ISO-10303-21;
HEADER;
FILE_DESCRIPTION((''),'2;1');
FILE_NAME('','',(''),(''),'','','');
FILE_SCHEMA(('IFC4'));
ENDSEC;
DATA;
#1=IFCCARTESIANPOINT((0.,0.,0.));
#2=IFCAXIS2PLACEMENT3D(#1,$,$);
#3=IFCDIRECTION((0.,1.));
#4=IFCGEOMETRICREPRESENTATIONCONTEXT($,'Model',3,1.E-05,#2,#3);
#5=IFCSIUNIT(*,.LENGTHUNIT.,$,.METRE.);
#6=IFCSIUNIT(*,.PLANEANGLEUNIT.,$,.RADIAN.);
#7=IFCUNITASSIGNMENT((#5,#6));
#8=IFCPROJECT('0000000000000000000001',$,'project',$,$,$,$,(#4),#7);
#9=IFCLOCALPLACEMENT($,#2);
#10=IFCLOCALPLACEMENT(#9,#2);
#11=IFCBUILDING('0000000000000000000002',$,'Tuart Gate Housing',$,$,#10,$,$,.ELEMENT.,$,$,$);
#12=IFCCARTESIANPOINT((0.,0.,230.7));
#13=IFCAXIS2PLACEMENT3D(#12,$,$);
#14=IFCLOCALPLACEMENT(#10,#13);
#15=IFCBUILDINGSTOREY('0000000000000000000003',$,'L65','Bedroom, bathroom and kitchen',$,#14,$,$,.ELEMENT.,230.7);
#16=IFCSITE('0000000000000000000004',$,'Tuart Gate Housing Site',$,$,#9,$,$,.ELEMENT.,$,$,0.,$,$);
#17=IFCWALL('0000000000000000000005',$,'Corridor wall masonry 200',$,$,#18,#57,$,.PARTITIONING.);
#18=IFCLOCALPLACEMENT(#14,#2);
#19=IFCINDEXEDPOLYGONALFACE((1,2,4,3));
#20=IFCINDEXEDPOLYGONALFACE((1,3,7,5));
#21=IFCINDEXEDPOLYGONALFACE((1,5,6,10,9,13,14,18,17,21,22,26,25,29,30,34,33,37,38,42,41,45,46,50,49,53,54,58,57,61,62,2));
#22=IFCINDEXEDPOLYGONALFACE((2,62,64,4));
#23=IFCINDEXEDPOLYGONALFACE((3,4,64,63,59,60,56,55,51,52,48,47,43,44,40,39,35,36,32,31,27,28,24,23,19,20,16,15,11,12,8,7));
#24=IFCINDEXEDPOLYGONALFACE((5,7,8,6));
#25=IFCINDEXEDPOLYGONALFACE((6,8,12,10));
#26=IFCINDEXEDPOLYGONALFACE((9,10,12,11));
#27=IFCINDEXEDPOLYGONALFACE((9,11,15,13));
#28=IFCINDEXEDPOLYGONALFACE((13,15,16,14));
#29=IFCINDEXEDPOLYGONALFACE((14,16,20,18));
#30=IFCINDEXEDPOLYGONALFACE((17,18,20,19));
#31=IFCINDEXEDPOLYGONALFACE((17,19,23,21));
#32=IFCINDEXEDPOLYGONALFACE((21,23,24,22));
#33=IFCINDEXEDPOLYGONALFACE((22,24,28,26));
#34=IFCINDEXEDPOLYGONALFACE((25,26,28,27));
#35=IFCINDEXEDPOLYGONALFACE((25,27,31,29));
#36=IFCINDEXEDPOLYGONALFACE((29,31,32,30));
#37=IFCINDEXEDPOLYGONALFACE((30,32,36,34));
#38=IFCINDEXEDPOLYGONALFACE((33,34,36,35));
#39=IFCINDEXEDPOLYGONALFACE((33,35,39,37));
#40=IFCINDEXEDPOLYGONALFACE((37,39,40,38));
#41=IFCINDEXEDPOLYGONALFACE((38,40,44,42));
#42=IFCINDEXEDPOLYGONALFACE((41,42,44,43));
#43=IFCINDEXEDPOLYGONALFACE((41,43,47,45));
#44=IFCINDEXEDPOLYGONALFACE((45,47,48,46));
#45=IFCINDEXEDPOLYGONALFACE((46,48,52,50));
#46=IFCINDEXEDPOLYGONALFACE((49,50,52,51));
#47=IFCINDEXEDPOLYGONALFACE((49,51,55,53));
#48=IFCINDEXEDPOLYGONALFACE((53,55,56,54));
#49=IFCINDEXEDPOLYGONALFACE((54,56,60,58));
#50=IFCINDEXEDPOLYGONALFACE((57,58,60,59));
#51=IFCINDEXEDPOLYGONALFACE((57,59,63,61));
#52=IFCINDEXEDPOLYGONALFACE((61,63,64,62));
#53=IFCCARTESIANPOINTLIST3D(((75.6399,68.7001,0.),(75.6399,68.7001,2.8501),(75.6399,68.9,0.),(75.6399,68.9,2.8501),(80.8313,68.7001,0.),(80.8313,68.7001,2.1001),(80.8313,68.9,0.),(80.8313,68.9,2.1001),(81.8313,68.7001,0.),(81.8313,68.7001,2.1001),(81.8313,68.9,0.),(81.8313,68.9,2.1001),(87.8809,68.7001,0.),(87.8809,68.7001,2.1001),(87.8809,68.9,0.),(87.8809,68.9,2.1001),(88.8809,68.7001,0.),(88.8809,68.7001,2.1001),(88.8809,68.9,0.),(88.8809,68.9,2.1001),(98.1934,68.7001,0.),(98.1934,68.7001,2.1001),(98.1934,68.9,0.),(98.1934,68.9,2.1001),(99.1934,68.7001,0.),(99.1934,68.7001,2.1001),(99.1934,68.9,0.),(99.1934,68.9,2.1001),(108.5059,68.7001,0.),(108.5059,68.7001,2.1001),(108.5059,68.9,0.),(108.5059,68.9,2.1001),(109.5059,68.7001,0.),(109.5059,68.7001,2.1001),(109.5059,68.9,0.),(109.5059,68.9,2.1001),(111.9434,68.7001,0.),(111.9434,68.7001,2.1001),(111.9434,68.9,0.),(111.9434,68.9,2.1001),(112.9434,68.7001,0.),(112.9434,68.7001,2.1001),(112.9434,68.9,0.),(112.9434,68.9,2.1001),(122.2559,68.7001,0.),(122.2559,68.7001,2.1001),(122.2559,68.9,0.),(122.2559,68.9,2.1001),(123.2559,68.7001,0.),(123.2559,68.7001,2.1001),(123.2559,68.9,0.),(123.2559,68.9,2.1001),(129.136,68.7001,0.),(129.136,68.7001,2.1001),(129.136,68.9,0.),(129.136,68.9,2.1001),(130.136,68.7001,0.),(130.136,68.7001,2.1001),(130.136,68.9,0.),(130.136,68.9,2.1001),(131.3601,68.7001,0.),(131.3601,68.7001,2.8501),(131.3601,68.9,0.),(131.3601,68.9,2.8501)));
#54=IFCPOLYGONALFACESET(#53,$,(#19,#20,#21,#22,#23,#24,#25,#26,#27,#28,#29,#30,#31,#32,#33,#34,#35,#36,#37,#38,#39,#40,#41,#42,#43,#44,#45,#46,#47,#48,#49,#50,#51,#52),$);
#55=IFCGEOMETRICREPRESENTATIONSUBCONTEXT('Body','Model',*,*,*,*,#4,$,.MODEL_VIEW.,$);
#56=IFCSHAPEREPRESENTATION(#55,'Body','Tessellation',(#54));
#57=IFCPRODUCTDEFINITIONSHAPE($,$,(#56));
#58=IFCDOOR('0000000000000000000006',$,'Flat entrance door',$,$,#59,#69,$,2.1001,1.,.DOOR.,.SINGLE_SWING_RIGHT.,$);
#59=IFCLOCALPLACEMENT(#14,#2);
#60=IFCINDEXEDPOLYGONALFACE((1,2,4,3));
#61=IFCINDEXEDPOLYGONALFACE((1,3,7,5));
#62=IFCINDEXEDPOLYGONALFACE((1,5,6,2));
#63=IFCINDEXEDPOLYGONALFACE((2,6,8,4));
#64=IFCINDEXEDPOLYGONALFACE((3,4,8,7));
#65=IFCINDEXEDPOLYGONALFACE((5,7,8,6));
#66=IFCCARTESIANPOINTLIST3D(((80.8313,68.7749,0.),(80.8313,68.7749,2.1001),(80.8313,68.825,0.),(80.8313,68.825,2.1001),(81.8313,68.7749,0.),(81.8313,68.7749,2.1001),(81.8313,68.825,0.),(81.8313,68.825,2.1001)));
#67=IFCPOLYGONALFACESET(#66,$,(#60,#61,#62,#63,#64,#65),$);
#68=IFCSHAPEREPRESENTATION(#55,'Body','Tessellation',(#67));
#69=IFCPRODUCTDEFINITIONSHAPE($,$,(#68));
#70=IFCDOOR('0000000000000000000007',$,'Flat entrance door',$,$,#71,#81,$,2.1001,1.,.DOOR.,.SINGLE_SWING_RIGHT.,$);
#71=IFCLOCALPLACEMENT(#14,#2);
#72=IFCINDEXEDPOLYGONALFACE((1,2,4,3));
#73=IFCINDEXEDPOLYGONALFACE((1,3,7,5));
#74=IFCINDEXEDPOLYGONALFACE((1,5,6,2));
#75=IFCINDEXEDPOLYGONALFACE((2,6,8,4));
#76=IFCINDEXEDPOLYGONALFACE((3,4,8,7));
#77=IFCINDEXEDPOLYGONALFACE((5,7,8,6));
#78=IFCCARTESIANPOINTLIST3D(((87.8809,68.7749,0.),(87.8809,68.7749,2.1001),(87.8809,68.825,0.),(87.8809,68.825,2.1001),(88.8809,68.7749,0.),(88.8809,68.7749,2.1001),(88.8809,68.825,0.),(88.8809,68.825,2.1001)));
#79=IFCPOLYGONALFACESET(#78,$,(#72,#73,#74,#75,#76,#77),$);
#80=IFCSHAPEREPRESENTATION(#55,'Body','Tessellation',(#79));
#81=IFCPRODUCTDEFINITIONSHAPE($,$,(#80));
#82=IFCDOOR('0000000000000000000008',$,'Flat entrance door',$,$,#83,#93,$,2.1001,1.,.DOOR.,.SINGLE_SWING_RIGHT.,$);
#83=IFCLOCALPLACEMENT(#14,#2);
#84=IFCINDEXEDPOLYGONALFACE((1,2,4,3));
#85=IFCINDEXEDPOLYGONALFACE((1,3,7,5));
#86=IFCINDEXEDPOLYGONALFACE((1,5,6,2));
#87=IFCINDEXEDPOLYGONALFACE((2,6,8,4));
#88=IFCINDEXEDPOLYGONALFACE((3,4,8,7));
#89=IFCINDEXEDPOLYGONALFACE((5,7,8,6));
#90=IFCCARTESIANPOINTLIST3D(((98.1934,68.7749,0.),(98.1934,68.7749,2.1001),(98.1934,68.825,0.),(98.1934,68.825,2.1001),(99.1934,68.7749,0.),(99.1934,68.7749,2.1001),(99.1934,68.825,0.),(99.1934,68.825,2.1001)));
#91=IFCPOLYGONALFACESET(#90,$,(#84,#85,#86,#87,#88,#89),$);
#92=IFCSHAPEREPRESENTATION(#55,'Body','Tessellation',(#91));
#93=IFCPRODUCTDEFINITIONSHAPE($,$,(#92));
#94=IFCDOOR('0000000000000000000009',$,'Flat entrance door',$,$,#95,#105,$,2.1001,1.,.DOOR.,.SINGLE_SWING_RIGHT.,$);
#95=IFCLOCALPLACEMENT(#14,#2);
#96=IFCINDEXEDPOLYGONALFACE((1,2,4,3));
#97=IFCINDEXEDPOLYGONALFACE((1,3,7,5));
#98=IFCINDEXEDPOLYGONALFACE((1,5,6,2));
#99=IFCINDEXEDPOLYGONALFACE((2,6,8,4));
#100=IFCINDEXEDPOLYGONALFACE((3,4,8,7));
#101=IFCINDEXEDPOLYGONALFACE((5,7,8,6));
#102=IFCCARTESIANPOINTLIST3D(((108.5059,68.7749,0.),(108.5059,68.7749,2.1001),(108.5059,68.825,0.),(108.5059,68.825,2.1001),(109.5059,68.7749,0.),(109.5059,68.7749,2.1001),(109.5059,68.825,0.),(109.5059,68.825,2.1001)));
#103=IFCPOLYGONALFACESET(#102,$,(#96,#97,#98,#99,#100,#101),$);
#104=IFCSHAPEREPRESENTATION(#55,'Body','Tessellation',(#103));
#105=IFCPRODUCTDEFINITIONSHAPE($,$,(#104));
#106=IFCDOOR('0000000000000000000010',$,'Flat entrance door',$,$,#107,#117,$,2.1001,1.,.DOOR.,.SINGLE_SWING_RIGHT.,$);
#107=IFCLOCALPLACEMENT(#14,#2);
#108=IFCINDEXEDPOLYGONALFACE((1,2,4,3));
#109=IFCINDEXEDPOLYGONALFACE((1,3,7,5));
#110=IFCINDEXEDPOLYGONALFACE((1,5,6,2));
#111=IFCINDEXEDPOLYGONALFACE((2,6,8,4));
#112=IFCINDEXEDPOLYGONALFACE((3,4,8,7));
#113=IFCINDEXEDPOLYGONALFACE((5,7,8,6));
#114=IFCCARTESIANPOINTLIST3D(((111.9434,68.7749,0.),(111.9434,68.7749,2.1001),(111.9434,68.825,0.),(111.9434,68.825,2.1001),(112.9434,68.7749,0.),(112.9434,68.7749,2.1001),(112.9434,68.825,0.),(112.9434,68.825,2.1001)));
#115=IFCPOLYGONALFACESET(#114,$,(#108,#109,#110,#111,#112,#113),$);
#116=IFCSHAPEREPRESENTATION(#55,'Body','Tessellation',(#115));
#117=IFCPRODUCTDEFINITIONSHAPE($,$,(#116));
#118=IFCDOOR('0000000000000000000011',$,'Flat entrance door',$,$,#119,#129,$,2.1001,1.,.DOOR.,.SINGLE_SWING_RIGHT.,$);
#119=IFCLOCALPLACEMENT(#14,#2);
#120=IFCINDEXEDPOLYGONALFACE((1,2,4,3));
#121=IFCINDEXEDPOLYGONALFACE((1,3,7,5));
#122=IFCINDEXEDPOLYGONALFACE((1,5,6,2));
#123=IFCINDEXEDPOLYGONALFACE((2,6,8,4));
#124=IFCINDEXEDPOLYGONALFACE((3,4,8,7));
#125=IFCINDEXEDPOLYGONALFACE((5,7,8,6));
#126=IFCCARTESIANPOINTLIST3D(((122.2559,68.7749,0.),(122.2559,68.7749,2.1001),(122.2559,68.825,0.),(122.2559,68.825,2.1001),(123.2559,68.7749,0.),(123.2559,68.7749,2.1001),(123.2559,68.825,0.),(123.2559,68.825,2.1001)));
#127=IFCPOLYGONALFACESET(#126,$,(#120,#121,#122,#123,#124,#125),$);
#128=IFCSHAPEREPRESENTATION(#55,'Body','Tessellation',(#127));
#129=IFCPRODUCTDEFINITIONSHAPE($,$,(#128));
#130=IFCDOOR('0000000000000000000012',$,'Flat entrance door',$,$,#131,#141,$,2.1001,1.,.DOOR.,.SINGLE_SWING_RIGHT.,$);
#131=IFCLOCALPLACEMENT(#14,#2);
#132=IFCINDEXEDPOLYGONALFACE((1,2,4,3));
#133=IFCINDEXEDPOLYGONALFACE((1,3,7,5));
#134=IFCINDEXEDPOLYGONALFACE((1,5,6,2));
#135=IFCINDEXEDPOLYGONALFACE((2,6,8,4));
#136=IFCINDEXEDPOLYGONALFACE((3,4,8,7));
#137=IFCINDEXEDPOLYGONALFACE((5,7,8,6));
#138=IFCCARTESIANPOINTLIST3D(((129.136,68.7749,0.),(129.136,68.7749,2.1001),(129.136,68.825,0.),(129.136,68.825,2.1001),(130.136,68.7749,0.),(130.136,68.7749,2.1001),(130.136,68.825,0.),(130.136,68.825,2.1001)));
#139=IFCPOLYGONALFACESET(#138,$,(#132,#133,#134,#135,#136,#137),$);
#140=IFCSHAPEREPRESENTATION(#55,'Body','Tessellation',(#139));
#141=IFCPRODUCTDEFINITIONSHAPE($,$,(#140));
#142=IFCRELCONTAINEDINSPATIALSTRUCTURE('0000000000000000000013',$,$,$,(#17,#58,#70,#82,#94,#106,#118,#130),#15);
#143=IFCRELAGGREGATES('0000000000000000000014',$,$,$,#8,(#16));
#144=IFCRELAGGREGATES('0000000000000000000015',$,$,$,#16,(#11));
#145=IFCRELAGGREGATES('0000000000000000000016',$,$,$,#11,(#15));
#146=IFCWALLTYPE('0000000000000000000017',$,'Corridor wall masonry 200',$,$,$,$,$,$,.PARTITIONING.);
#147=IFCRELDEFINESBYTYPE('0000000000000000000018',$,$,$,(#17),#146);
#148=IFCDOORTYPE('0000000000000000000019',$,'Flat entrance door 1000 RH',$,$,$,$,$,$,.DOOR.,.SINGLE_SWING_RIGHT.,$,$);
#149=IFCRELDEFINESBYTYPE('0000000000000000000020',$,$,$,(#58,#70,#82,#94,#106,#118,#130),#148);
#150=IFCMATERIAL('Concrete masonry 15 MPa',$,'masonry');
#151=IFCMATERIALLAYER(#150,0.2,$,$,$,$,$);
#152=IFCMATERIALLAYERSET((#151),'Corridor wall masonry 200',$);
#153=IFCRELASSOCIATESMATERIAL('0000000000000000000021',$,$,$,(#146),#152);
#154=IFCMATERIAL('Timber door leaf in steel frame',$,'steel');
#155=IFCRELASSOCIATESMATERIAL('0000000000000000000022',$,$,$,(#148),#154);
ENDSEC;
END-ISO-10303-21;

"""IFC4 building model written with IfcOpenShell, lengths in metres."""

from ifc_helpers import new_model, si_unit, direction, frame, frame_2d, origin, place, context, subcontext, project, spatial, rectangle, extrude, material, layer, layer_set, type_object, element, fill, save


model = new_model("IFC4")

# Units and contexts
model_context = context("Model", 3, precision=1e-05, world=origin(), true_north=direction((0.0, 1.0)))
body_context = subcontext(model_context, "Body", "Model", "MODEL_VIEW")
ifc_project = project(units=[si_unit("LENGTHUNIT", "METRE"), si_unit("PLANEANGLEUNIT", "RADIAN")], contexts=[model_context])

# Site, building, storey
site_placement = place(None, origin())
site = spatial("IfcSite", under=ifc_project, at=site_placement, Name="Tuart Gate Housing Site", CompositionType="ELEMENT", RefElevation=0.0)
building_placement = place(site_placement, origin())
building = spatial("IfcBuilding", under=site, at=building_placement, Name="Tuart Gate Housing", CompositionType="ELEMENT")
storey_placement = place(building_placement, frame((0.0, 0.0, 230.7)))
storey = spatial("IfcBuildingStorey", under=building, at=storey_placement, Name="L65", Description="Bedroom, bathroom and kitchen", CompositionType="ELEMENT", Elevation=230.7)

# Wall, openings, doors
ifc_material_1 = material(Name="Concrete masonry 15 MPa", Category="masonry")
ifc_layer_1 = layer(ifc_material_1, 0.2)
ifc_layer_set_1 = layer_set([ifc_layer_1], Name="Corridor wall masonry 200")
wall_type_1 = type_object("IfcWallType", Name="Corridor wall masonry 200", PredefinedType="PARTITIONING", material=ifc_layer_set_1)
wall_1_placement = place(storey_placement, frame((75.6399, 68.8, 0.0), z_axis=(0.0, 0.0, 1.0), x_axis=(1.0, 0.0, 0.0)))
wall_1 = element("IfcWall", 1, at=wall_1_placement, inside=storey, type_object=wall_type_1, Name="Corridor wall masonry 200", PredefinedType="PARTITIONING", context=body_context, shape_type="SweptSolid", body=[
    extrude(rectangle(XDim=55.7202, YDim=0.2, at=frame_2d((27.8601, 0.0))), origin(), (0.0, 0.0, 1.0), 2.8501),
])
opening_1_placement = place(wall_1_placement, frame((5.1914, 0.0, 0.0)))
opening_1 = element("IfcOpeningElement", 2, at=opening_1_placement, cuts=wall_1, PredefinedType="OPENING", context=body_context, shape_type="SweptSolid", body=[
    extrude(rectangle(XDim=1.0, YDim=2.1001, at=frame_2d((0.5, 1.05))), frame((0.0, 0.1099, 0.0), z_axis=(0.0, -1.0, 0.0), x_axis=(1.0, 0.0, 0.0)), (0.0, 0.0, 1.0), 0.22),
])
opening_2_placement = place(wall_1_placement, frame((12.241, 0.0, 0.0)))
opening_2 = element("IfcOpeningElement", 3, at=opening_2_placement, cuts=wall_1, PredefinedType="OPENING", context=body_context, shape_type="SweptSolid", body=[
    extrude(rectangle(XDim=1.0, YDim=2.1001, at=frame_2d((0.5, 1.05))), frame((0.0, 0.1099, 0.0), z_axis=(0.0, -1.0, 0.0), x_axis=(1.0, 0.0, 0.0)), (0.0, 0.0, 1.0), 0.22),
])
opening_3_placement = place(wall_1_placement, frame((22.5535, 0.0, 0.0)))
opening_3 = element("IfcOpeningElement", 4, at=opening_3_placement, cuts=wall_1, PredefinedType="OPENING", context=body_context, shape_type="SweptSolid", body=[
    extrude(rectangle(XDim=1.0, YDim=2.1001, at=frame_2d((0.5, 1.05))), frame((0.0, 0.1099, 0.0), z_axis=(0.0, -1.0, 0.0), x_axis=(1.0, 0.0, 0.0)), (0.0, 0.0, 1.0), 0.22),
])
opening_4_placement = place(wall_1_placement, frame((32.866, 0.0, 0.0)))
opening_4 = element("IfcOpeningElement", 5, at=opening_4_placement, cuts=wall_1, PredefinedType="OPENING", context=body_context, shape_type="SweptSolid", body=[
    extrude(rectangle(XDim=1.0, YDim=2.1001, at=frame_2d((0.5, 1.05))), frame((0.0, 0.1099, 0.0), z_axis=(0.0, -1.0, 0.0), x_axis=(1.0, 0.0, 0.0)), (0.0, 0.0, 1.0), 0.22),
])
opening_5_placement = place(wall_1_placement, frame((36.3035, 0.0, 0.0)))
opening_5 = element("IfcOpeningElement", 6, at=opening_5_placement, cuts=wall_1, PredefinedType="OPENING", context=body_context, shape_type="SweptSolid", body=[
    extrude(rectangle(XDim=1.0, YDim=2.1001, at=frame_2d((0.5, 1.05))), frame((0.0, 0.1099, 0.0), z_axis=(0.0, -1.0, 0.0), x_axis=(1.0, 0.0, 0.0)), (0.0, 0.0, 1.0), 0.22),
])
opening_6_placement = place(wall_1_placement, frame((46.616, 0.0, 0.0)))
opening_6 = element("IfcOpeningElement", 7, at=opening_6_placement, cuts=wall_1, PredefinedType="OPENING", context=body_context, shape_type="SweptSolid", body=[
    extrude(rectangle(XDim=1.0, YDim=2.1001, at=frame_2d((0.5, 1.05))), frame((0.0, 0.1099, 0.0), z_axis=(0.0, -1.0, 0.0), x_axis=(1.0, 0.0, 0.0)), (0.0, 0.0, 1.0), 0.22),
])
opening_7_placement = place(wall_1_placement, frame((53.4961, 0.0, 0.0)))
opening_7 = element("IfcOpeningElement", 8, at=opening_7_placement, cuts=wall_1, PredefinedType="OPENING", context=body_context, shape_type="SweptSolid", body=[
    extrude(rectangle(XDim=1.0, YDim=2.1001, at=frame_2d((0.5, 1.05))), frame((0.0, 0.1099, 0.0), z_axis=(0.0, -1.0, 0.0), x_axis=(1.0, 0.0, 0.0)), (0.0, 0.0, 1.0), 0.22),
])
ifc_material_2 = material(Name="Timber door leaf in steel frame", Category="steel")
door_type_1 = type_object("IfcDoorType", Name="Flat entrance door 1000 RH", OperationType="SINGLE_SWING_RIGHT", PredefinedType="DOOR", material=ifc_material_2)
door_1_placement = place(opening_1_placement, frame((1.0, 0.0, 0.0), z_axis=(0.0, 0.0, 1.0), x_axis=(-1.0, 0.0, 0.0)))
door_1 = element("IfcDoor", 9, at=door_1_placement, inside=storey, type_object=door_type_1, Name="Flat entrance door", OperationType="SINGLE_SWING_RIGHT", OverallHeight=2.1001, OverallWidth=1.0, PredefinedType="DOOR", context=body_context, shape_type="SweptSolid", body=[
    extrude(rectangle(XDim=1.0, YDim=2.1001, at=frame_2d((0.5, 1.05))), frame((0.0, 0.0251, 0.0), z_axis=(0.0, -1.0, 0.0), x_axis=(1.0, 0.0, 0.0)), (0.0, 0.0, 1.0), 0.05),
])
fill(opening_1, door_1)
door_2_placement = place(opening_2_placement, frame((1.0, 0.0, 0.0), z_axis=(0.0, 0.0, 1.0), x_axis=(-1.0, 0.0, 0.0)))
door_2 = element("IfcDoor", 10, at=door_2_placement, inside=storey, type_object=door_type_1, Name="Flat entrance door", OperationType="SINGLE_SWING_RIGHT", OverallHeight=2.1001, OverallWidth=1.0, PredefinedType="DOOR", context=body_context, shape_type="SweptSolid", body=[
    extrude(rectangle(XDim=1.0, YDim=2.1001, at=frame_2d((0.5, 1.05))), frame((0.0, 0.0251, 0.0), z_axis=(0.0, -1.0, 0.0), x_axis=(1.0, 0.0, 0.0)), (0.0, 0.0, 1.0), 0.05),
])
fill(opening_2, door_2)
door_3_placement = place(opening_3_placement, frame((1.0, 0.0, 0.0), z_axis=(0.0, 0.0, 1.0), x_axis=(-1.0, 0.0, 0.0)))
door_3 = element("IfcDoor", 11, at=door_3_placement, inside=storey, type_object=door_type_1, Name="Flat entrance door", OperationType="SINGLE_SWING_RIGHT", OverallHeight=2.1001, OverallWidth=1.0, PredefinedType="DOOR", context=body_context, shape_type="SweptSolid", body=[
    extrude(rectangle(XDim=1.0, YDim=2.1001, at=frame_2d((0.5, 1.05))), frame((0.0, 0.0251, 0.0), z_axis=(0.0, -1.0, 0.0), x_axis=(1.0, 0.0, 0.0)), (0.0, 0.0, 1.0), 0.05),
])
fill(opening_3, door_3)
door_4_placement = place(opening_4_placement, frame((1.0, 0.0, 0.0), z_axis=(0.0, 0.0, 1.0), x_axis=(-1.0, 0.0, 0.0)))
door_4 = element("IfcDoor", 12, at=door_4_placement, inside=storey, type_object=door_type_1, Name="Flat entrance door", OperationType="SINGLE_SWING_RIGHT", OverallHeight=2.1001, OverallWidth=1.0, PredefinedType="DOOR", context=body_context, shape_type="SweptSolid", body=[
    extrude(rectangle(XDim=1.0, YDim=2.1001, at=frame_2d((0.5, 1.05))), frame((0.0, 0.0251, 0.0), z_axis=(0.0, -1.0, 0.0), x_axis=(1.0, 0.0, 0.0)), (0.0, 0.0, 1.0), 0.05),
])
fill(opening_4, door_4)
door_5_placement = place(opening_5_placement, frame((1.0, 0.0, 0.0), z_axis=(0.0, 0.0, 1.0), x_axis=(-1.0, 0.0, 0.0)))
door_5 = element("IfcDoor", 13, at=door_5_placement, inside=storey, type_object=door_type_1, Name="Flat entrance door", OperationType="SINGLE_SWING_RIGHT", OverallHeight=2.1001, OverallWidth=1.0, PredefinedType="DOOR", context=body_context, shape_type="SweptSolid", body=[
    extrude(rectangle(XDim=1.0, YDim=2.1001, at=frame_2d((0.5, 1.05))), frame((0.0, 0.0251, 0.0), z_axis=(0.0, -1.0, 0.0), x_axis=(1.0, 0.0, 0.0)), (0.0, 0.0, 1.0), 0.05),
])
fill(opening_5, door_5)
door_6_placement = place(opening_6_placement, frame((1.0, 0.0, 0.0), z_axis=(0.0, 0.0, 1.0), x_axis=(-1.0, 0.0, 0.0)))
door_6 = element("IfcDoor", 14, at=door_6_placement, inside=storey, type_object=door_type_1, Name="Flat entrance door", OperationType="SINGLE_SWING_RIGHT", OverallHeight=2.1001, OverallWidth=1.0, PredefinedType="DOOR", context=body_context, shape_type="SweptSolid", body=[
    extrude(rectangle(XDim=1.0, YDim=2.1001, at=frame_2d((0.5, 1.05))), frame((0.0, 0.0251, 0.0), z_axis=(0.0, -1.0, 0.0), x_axis=(1.0, 0.0, 0.0)), (0.0, 0.0, 1.0), 0.05),
])
fill(opening_6, door_6)
door_7_placement = place(opening_7_placement, frame((1.0, 0.0, 0.0), z_axis=(0.0, 0.0, 1.0), x_axis=(-1.0, 0.0, 0.0)))
door_7 = element("IfcDoor", 15, at=door_7_placement, inside=storey, type_object=door_type_1, Name="Flat entrance door", OperationType="SINGLE_SWING_RIGHT", OverallHeight=2.1001, OverallWidth=1.0, PredefinedType="DOOR", context=body_context, shape_type="SweptSolid", body=[
    extrude(rectangle(XDim=1.0, YDim=2.1001, at=frame_2d((0.5, 1.05))), frame((0.0, 0.0251, 0.0), z_axis=(0.0, -1.0, 0.0), x_axis=(1.0, 0.0, 0.0)), (0.0, 0.0, 1.0), 0.05),
])
fill(opening_7, door_7)

save(model, "model.ifc")
